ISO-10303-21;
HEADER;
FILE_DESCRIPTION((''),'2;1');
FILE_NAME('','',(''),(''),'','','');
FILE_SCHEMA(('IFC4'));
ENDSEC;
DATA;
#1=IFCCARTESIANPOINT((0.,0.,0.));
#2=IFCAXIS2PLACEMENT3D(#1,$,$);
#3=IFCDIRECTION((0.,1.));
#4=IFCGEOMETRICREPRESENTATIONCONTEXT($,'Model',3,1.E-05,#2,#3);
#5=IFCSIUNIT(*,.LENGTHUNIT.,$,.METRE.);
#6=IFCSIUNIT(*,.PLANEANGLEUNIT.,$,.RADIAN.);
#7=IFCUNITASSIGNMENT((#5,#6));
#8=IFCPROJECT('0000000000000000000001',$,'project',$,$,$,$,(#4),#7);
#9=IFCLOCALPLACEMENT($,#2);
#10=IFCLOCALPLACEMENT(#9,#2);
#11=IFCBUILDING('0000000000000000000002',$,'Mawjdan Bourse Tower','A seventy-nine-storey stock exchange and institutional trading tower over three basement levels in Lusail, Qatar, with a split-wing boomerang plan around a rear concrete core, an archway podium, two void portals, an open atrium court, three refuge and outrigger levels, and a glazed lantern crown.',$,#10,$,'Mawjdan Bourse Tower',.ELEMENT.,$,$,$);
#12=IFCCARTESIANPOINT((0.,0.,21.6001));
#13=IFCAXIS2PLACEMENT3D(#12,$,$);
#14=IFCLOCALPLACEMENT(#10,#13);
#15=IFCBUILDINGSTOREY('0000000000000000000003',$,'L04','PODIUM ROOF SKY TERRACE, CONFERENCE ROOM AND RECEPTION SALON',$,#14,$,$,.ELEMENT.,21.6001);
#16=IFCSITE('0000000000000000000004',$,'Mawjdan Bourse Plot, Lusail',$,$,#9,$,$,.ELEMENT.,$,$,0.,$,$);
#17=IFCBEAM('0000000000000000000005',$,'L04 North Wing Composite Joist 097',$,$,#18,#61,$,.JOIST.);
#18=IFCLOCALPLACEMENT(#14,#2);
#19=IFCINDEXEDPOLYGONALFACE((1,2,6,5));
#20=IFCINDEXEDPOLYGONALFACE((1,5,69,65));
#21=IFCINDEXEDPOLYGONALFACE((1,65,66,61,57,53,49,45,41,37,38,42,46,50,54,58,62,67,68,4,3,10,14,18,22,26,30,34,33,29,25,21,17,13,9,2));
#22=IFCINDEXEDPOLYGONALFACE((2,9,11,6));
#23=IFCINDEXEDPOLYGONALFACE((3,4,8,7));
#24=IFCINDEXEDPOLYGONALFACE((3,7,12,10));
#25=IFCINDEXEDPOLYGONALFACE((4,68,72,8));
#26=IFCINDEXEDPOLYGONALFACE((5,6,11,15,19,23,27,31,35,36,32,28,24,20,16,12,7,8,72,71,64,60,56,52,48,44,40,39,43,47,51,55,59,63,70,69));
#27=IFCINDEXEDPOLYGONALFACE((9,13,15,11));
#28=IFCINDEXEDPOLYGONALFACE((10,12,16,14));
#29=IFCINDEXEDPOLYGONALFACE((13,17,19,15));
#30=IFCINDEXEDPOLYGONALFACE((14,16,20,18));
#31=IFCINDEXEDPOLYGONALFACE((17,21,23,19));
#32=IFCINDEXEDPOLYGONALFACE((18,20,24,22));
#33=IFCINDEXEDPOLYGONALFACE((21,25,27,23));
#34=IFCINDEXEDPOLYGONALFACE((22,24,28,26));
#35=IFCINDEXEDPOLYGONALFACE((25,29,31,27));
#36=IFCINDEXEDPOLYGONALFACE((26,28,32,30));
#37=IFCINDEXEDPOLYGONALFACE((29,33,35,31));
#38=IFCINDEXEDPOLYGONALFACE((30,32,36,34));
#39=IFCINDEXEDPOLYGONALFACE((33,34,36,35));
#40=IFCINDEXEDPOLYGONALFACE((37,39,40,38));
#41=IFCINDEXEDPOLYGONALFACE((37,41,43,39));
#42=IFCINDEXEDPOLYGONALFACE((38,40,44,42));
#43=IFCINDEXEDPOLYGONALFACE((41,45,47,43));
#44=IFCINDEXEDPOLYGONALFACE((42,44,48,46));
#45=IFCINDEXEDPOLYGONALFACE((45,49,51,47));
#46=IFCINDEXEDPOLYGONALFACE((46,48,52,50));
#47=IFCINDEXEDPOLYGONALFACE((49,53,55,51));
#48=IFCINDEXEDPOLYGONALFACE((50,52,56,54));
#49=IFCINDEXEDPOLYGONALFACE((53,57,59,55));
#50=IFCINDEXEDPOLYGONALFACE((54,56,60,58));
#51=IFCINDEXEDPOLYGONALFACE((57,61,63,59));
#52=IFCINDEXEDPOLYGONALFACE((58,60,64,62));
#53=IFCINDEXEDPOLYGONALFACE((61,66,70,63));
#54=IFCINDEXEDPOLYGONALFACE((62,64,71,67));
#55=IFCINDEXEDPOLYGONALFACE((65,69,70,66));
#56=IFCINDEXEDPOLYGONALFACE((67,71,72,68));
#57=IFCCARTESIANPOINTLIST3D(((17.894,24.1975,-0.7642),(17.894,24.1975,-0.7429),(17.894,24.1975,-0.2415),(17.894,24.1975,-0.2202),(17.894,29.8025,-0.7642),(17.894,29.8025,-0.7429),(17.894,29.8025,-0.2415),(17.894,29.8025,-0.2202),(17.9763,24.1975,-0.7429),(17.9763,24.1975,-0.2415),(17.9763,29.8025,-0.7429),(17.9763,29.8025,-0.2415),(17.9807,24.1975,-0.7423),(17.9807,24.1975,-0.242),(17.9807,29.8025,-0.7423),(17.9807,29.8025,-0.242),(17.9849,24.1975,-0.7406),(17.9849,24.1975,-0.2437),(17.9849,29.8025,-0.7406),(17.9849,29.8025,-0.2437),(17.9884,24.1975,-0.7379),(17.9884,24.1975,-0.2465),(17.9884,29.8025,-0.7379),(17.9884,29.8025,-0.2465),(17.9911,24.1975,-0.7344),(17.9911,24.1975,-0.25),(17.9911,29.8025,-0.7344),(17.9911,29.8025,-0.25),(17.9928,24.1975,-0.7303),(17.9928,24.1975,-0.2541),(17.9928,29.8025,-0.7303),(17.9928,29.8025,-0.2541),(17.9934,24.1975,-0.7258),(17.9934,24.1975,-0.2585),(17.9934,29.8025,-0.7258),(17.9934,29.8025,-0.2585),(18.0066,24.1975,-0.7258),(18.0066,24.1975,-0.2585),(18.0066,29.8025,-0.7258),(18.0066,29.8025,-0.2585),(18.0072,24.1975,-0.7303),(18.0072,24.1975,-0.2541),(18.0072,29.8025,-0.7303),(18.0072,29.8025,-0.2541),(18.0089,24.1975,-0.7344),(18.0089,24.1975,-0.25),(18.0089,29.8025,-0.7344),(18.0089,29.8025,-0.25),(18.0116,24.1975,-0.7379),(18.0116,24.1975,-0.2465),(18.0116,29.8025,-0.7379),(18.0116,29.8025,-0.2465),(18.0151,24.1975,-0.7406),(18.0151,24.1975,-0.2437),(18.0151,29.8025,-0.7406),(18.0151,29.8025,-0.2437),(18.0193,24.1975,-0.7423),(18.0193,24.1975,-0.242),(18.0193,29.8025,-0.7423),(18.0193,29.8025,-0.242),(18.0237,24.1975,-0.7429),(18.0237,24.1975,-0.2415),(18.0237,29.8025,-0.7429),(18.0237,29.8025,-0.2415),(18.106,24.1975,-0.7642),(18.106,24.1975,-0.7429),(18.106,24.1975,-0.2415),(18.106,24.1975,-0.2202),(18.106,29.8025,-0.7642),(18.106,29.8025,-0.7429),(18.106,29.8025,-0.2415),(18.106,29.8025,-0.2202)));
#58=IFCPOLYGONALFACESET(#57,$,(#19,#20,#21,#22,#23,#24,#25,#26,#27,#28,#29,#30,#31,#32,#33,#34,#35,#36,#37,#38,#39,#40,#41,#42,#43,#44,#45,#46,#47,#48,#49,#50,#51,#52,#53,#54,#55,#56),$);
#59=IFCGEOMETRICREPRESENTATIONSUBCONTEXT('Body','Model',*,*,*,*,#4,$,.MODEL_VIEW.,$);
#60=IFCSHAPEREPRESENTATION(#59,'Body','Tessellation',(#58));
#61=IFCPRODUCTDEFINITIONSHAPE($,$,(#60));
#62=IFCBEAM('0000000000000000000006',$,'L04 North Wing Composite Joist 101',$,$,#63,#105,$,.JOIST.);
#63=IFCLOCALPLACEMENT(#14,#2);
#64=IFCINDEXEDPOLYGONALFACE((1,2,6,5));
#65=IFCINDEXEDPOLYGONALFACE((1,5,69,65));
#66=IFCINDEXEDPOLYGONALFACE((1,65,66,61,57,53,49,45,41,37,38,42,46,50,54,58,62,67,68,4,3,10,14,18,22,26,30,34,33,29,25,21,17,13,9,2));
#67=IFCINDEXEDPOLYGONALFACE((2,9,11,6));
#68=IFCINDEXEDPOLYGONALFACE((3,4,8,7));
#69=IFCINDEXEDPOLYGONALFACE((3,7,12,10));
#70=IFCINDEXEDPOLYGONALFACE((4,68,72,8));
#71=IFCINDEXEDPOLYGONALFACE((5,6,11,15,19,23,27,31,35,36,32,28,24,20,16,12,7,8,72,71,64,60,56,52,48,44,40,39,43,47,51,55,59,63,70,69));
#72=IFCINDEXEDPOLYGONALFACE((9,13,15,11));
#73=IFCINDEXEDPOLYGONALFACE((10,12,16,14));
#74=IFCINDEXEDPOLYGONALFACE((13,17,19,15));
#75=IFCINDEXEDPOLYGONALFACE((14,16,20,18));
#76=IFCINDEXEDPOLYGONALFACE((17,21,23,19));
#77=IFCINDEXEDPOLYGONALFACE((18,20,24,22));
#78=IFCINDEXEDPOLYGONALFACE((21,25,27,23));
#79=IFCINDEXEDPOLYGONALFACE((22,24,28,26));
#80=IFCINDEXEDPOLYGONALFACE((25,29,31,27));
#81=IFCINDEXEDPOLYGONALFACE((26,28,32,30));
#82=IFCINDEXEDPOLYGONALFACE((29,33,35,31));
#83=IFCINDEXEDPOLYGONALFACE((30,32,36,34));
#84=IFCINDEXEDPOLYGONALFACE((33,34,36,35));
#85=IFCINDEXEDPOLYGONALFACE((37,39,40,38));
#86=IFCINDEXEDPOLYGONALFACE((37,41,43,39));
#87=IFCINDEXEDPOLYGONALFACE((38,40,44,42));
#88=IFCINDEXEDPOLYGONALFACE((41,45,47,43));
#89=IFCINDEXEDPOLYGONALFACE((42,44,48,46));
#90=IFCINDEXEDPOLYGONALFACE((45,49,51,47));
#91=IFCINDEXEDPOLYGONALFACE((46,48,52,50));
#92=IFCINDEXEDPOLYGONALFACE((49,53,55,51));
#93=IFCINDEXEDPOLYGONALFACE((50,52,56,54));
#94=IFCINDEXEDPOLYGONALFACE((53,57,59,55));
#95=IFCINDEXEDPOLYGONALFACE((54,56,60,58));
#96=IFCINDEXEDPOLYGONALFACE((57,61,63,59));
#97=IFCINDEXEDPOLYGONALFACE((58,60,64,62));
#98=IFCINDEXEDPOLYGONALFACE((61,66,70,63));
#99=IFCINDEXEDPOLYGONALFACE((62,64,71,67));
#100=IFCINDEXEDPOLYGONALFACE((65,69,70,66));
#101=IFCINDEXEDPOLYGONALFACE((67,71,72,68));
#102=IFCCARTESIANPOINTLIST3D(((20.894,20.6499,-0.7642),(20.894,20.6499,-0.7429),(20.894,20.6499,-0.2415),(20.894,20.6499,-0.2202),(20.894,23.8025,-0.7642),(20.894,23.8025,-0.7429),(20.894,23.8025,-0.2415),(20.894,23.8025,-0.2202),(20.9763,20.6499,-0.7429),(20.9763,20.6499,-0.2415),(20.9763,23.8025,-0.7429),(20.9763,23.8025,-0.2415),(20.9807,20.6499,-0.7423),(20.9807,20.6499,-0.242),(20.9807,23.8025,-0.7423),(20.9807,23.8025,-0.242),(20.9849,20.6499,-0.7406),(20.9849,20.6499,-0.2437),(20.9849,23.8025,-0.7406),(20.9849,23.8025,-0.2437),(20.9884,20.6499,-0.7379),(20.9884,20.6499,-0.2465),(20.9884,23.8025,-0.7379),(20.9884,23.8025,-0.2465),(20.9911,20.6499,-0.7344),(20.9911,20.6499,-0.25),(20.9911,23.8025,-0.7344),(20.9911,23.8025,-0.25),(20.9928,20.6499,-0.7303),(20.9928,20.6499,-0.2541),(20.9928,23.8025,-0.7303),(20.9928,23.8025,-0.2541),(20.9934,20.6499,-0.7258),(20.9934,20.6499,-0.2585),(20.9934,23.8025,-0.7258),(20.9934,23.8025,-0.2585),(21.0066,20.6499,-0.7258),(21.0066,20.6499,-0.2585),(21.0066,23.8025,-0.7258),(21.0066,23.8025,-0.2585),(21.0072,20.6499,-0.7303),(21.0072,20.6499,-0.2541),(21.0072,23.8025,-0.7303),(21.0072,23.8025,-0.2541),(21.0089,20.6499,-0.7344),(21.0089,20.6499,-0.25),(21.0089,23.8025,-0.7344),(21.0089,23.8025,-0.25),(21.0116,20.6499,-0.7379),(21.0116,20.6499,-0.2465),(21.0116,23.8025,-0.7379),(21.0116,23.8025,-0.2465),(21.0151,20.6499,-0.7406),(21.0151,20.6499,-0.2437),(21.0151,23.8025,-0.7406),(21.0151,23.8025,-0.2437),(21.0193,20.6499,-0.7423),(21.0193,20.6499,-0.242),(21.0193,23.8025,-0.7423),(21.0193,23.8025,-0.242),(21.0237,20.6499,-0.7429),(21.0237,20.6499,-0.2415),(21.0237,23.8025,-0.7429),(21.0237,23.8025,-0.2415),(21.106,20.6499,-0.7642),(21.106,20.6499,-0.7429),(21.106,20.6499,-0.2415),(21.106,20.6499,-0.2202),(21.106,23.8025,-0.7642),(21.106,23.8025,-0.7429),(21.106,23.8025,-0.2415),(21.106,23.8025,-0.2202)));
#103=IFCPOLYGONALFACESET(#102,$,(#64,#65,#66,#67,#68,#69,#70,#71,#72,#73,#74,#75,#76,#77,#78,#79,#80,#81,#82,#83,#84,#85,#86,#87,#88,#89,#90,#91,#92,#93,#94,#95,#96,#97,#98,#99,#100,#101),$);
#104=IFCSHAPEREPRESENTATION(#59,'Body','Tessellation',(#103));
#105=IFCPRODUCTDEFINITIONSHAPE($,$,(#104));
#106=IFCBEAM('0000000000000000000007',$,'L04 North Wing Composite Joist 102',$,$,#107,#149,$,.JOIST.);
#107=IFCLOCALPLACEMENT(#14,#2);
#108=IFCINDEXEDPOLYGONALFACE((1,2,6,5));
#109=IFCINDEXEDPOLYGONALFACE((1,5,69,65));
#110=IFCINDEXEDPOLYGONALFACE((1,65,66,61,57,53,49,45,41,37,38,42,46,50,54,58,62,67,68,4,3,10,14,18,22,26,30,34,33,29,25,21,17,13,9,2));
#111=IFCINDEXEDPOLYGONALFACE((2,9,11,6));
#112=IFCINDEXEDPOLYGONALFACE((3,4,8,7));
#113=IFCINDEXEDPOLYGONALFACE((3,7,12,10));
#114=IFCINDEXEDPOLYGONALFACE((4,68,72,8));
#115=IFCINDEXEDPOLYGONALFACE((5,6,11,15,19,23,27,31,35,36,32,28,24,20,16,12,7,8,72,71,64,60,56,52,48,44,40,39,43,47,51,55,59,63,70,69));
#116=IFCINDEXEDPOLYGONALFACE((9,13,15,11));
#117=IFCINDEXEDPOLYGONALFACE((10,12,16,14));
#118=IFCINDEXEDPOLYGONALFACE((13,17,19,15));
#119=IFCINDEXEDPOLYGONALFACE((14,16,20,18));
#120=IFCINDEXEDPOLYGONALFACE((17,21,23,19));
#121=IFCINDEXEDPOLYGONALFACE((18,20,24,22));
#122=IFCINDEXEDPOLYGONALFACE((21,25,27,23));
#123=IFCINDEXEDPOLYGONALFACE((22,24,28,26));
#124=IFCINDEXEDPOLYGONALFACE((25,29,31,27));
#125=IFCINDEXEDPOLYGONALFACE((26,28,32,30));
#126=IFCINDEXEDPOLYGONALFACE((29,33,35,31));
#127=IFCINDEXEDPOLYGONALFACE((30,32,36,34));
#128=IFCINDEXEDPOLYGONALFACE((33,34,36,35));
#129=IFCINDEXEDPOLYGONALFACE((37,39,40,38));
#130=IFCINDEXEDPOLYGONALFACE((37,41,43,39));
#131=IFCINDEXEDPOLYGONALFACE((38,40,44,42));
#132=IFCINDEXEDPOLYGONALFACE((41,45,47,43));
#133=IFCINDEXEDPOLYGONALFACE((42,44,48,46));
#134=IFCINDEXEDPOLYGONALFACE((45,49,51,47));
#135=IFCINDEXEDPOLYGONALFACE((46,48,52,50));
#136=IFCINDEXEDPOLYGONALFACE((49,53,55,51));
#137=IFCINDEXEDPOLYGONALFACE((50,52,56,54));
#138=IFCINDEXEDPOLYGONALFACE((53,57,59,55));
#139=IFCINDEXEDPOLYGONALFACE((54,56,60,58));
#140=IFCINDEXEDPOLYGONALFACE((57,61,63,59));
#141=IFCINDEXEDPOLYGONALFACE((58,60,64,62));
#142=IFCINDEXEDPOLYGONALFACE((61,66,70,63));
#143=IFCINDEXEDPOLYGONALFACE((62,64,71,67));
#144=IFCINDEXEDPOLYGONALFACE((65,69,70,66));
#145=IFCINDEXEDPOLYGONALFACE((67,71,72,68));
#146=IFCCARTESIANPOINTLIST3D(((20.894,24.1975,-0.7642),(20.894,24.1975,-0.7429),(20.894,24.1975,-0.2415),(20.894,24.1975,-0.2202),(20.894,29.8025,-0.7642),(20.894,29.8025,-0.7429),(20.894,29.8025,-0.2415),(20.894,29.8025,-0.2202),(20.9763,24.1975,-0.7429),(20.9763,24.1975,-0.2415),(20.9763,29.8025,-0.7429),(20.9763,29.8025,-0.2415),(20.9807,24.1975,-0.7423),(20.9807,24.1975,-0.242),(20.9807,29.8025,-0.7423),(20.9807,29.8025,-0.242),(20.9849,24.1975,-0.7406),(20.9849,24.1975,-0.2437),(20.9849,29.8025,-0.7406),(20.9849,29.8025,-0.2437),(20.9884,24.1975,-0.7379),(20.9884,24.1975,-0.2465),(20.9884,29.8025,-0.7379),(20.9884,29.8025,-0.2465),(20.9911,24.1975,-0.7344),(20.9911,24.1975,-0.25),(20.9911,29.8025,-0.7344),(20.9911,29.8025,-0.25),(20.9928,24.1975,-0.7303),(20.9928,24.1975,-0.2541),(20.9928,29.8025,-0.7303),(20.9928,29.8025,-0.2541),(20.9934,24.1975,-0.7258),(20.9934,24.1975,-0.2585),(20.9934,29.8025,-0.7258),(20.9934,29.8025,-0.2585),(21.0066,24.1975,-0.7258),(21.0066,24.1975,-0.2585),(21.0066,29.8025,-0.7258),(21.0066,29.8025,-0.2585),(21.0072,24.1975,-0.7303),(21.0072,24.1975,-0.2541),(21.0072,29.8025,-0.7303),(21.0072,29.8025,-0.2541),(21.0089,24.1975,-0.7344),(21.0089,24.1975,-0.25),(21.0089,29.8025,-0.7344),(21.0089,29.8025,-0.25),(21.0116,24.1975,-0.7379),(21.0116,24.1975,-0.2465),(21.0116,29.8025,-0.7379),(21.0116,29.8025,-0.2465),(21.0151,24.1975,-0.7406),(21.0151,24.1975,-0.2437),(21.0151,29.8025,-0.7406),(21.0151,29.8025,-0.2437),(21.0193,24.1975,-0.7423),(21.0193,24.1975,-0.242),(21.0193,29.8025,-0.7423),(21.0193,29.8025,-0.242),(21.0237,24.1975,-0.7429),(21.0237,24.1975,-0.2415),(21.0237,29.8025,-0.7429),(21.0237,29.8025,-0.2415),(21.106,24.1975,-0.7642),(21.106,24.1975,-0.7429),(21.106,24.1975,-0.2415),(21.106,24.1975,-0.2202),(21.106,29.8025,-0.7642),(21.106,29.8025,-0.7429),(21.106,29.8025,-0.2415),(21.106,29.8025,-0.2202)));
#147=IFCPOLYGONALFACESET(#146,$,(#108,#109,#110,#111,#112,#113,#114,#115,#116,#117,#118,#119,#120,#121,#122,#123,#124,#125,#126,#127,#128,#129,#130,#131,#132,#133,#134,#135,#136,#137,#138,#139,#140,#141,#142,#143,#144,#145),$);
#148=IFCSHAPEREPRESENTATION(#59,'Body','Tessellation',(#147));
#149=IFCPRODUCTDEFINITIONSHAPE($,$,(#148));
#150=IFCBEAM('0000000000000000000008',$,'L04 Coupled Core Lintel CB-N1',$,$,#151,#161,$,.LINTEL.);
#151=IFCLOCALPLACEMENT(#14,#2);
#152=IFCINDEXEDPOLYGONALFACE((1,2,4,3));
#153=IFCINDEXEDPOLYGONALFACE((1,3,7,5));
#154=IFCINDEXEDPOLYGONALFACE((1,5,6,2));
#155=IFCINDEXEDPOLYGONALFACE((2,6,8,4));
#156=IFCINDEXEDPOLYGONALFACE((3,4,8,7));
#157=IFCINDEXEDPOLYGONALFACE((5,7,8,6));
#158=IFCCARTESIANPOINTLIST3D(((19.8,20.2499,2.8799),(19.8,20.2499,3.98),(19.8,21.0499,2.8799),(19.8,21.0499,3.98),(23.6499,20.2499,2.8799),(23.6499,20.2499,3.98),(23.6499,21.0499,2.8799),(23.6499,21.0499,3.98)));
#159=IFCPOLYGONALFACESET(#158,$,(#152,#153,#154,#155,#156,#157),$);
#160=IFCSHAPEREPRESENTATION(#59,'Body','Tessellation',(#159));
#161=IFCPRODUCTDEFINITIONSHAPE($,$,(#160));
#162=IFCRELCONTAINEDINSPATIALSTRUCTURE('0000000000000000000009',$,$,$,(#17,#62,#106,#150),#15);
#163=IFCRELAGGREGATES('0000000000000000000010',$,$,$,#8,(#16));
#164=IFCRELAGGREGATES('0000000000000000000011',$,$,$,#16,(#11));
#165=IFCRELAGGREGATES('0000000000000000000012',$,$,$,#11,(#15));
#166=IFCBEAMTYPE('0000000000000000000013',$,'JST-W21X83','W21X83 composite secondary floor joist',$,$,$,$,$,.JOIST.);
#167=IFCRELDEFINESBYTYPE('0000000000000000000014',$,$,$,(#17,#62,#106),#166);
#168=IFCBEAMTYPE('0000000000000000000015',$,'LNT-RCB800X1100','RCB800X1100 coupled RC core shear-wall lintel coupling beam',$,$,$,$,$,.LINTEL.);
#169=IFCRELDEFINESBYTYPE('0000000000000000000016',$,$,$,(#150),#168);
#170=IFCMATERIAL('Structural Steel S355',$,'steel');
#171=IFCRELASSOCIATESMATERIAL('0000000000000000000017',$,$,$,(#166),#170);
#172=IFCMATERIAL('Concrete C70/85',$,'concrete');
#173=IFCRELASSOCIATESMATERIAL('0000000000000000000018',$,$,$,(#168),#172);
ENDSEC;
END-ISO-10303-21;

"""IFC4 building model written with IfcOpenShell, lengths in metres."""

from ifc_helpers import new_model, si_unit, direction, frame, origin, origin_2d, place, context, subcontext, project, spatial, rectangle, i_section, extrude, material, material_profile, profile_set, type_object, element, save


model = new_model("IFC4")

# Units and contexts
model_context = context("Model", 3, precision=1e-05, world=origin(), true_north=direction((0.0, 1.0)))
body_context = subcontext(model_context, "Body", "Model", "MODEL_VIEW")
ifc_project = project(units=[si_unit("LENGTHUNIT", "METRE"), si_unit("PLANEANGLEUNIT", "RADIAN")], contexts=[model_context])

# Site, building, storey
site_placement = place(None, origin())
site = spatial("IfcSite", under=ifc_project, at=site_placement, Name="Mawjdan Bourse Plot, Lusail", CompositionType="ELEMENT", RefElevation=0.0)
building_placement = place(site_placement, origin())
building = spatial("IfcBuilding", under=site, at=building_placement, Name="Mawjdan Bourse Tower", Description="A seventy-nine-storey stock exchange and institutional trading tower over three basement levels in Lusail, Qatar, with a split-wing boomerang plan around a rear concrete core, an archway podium, two void portals, an open atrium court, three refuge and outrigger levels, and a glazed lantern crown.", LongName="Mawjdan Bourse Tower", CompositionType="ELEMENT")
storey_placement = place(building_placement, frame((0.0, 0.0, 21.6001)))
storey = spatial("IfcBuildingStorey", under=building, at=storey_placement, Name="L04", Description="PODIUM ROOF SKY TERRACE, CONFERENCE ROOM AND RECEPTION SALON", CompositionType="ELEMENT", Elevation=21.6001)

# Beams
ifc_material_1 = material(Name="Structural Steel S355", Category="steel")
ifc_material_profile_1 = material_profile(ifc_material_1, i_section(OverallWidth=0.2119, OverallDepth=0.5439, WebThickness=0.0132, FlangeThickness=0.0212, FilletRadius=0.0171, at=origin_2d()), Name="W21X83")
ifc_profile_set_1 = profile_set([ifc_material_profile_1], Name="Structural Steel S355")
beam_type_1 = type_object("IfcBeamType", Name="JST-W21X83", Description="W21X83 composite secondary floor joist", PredefinedType="JOIST", material=ifc_profile_set_1)
beam_1_placement = place(storey_placement, frame((18.0, 24.1975, -0.4922), z_axis=(0.0, 1.0, 0.0), x_axis=(-1.0, 0.0, 0.0)))
element("IfcBeam", 1, at=beam_1_placement, inside=storey, type_object=beam_type_1, Name="L04 North Wing Composite Joist 097", PredefinedType="JOIST", context=body_context, shape_type="SweptSolid", body=[
    extrude(i_section(OverallWidth=0.2119, OverallDepth=0.5439, WebThickness=0.0132, FlangeThickness=0.0212, FilletRadius=0.0171, at=origin_2d()), origin(), (0.0, 0.0, 1.0), 5.605),
])
beam_2_placement = place(storey_placement, frame((21.0, 20.6499, -0.4922), z_axis=(0.0, 1.0, 0.0), x_axis=(-1.0, 0.0, 0.0)))
element("IfcBeam", 2, at=beam_2_placement, inside=storey, type_object=beam_type_1, Name="L04 North Wing Composite Joist 101", PredefinedType="JOIST", context=body_context, shape_type="SweptSolid", body=[
    extrude(i_section(OverallWidth=0.2119, OverallDepth=0.5439, WebThickness=0.0132, FlangeThickness=0.0212, FilletRadius=0.0171, at=origin_2d()), origin(), (0.0, 0.0, 1.0), 3.1526),
])
beam_3_placement = place(storey_placement, frame((21.0, 24.1975, -0.4922), z_axis=(0.0, 1.0, 0.0), x_axis=(-1.0, 0.0, 0.0)))
element("IfcBeam", 3, at=beam_3_placement, inside=storey, type_object=beam_type_1, Name="L04 North Wing Composite Joist 102", PredefinedType="JOIST", context=body_context, shape_type="SweptSolid", body=[
    extrude(i_section(OverallWidth=0.2119, OverallDepth=0.5439, WebThickness=0.0132, FlangeThickness=0.0212, FilletRadius=0.0171, at=origin_2d()), origin(), (0.0, 0.0, 1.0), 5.605),
])
ifc_material_2 = material(Name="Concrete C70/85", Category="concrete")
ifc_material_profile_2 = material_profile(ifc_material_2, rectangle(XDim=0.8, YDim=1.1001, at=origin_2d()), Name="RCB800X1100")
ifc_profile_set_2 = profile_set([ifc_material_profile_2], Name="Concrete C70/85")
beam_type_2 = type_object("IfcBeamType", Name="LNT-RCB800X1100", Description="RCB800X1100 coupled RC core shear-wall lintel coupling beam", PredefinedType="LINTEL", material=ifc_profile_set_2)
beam_4_placement = place(storey_placement, frame((19.8, 20.6499, 3.4299), z_axis=(1.0, 0.0, 0.0), x_axis=(0.0, 1.0, 0.0)))
element("IfcBeam", 4, at=beam_4_placement, inside=storey, type_object=beam_type_2, Name="L04 Coupled Core Lintel CB-N1", PredefinedType="LINTEL", context=body_context, shape_type="SweptSolid", body=[
    extrude(rectangle(XDim=0.8, YDim=1.1001, at=origin_2d()), origin(), (0.0, 0.0, 1.0), 3.8499),
])

save(model, "model.ifc")
